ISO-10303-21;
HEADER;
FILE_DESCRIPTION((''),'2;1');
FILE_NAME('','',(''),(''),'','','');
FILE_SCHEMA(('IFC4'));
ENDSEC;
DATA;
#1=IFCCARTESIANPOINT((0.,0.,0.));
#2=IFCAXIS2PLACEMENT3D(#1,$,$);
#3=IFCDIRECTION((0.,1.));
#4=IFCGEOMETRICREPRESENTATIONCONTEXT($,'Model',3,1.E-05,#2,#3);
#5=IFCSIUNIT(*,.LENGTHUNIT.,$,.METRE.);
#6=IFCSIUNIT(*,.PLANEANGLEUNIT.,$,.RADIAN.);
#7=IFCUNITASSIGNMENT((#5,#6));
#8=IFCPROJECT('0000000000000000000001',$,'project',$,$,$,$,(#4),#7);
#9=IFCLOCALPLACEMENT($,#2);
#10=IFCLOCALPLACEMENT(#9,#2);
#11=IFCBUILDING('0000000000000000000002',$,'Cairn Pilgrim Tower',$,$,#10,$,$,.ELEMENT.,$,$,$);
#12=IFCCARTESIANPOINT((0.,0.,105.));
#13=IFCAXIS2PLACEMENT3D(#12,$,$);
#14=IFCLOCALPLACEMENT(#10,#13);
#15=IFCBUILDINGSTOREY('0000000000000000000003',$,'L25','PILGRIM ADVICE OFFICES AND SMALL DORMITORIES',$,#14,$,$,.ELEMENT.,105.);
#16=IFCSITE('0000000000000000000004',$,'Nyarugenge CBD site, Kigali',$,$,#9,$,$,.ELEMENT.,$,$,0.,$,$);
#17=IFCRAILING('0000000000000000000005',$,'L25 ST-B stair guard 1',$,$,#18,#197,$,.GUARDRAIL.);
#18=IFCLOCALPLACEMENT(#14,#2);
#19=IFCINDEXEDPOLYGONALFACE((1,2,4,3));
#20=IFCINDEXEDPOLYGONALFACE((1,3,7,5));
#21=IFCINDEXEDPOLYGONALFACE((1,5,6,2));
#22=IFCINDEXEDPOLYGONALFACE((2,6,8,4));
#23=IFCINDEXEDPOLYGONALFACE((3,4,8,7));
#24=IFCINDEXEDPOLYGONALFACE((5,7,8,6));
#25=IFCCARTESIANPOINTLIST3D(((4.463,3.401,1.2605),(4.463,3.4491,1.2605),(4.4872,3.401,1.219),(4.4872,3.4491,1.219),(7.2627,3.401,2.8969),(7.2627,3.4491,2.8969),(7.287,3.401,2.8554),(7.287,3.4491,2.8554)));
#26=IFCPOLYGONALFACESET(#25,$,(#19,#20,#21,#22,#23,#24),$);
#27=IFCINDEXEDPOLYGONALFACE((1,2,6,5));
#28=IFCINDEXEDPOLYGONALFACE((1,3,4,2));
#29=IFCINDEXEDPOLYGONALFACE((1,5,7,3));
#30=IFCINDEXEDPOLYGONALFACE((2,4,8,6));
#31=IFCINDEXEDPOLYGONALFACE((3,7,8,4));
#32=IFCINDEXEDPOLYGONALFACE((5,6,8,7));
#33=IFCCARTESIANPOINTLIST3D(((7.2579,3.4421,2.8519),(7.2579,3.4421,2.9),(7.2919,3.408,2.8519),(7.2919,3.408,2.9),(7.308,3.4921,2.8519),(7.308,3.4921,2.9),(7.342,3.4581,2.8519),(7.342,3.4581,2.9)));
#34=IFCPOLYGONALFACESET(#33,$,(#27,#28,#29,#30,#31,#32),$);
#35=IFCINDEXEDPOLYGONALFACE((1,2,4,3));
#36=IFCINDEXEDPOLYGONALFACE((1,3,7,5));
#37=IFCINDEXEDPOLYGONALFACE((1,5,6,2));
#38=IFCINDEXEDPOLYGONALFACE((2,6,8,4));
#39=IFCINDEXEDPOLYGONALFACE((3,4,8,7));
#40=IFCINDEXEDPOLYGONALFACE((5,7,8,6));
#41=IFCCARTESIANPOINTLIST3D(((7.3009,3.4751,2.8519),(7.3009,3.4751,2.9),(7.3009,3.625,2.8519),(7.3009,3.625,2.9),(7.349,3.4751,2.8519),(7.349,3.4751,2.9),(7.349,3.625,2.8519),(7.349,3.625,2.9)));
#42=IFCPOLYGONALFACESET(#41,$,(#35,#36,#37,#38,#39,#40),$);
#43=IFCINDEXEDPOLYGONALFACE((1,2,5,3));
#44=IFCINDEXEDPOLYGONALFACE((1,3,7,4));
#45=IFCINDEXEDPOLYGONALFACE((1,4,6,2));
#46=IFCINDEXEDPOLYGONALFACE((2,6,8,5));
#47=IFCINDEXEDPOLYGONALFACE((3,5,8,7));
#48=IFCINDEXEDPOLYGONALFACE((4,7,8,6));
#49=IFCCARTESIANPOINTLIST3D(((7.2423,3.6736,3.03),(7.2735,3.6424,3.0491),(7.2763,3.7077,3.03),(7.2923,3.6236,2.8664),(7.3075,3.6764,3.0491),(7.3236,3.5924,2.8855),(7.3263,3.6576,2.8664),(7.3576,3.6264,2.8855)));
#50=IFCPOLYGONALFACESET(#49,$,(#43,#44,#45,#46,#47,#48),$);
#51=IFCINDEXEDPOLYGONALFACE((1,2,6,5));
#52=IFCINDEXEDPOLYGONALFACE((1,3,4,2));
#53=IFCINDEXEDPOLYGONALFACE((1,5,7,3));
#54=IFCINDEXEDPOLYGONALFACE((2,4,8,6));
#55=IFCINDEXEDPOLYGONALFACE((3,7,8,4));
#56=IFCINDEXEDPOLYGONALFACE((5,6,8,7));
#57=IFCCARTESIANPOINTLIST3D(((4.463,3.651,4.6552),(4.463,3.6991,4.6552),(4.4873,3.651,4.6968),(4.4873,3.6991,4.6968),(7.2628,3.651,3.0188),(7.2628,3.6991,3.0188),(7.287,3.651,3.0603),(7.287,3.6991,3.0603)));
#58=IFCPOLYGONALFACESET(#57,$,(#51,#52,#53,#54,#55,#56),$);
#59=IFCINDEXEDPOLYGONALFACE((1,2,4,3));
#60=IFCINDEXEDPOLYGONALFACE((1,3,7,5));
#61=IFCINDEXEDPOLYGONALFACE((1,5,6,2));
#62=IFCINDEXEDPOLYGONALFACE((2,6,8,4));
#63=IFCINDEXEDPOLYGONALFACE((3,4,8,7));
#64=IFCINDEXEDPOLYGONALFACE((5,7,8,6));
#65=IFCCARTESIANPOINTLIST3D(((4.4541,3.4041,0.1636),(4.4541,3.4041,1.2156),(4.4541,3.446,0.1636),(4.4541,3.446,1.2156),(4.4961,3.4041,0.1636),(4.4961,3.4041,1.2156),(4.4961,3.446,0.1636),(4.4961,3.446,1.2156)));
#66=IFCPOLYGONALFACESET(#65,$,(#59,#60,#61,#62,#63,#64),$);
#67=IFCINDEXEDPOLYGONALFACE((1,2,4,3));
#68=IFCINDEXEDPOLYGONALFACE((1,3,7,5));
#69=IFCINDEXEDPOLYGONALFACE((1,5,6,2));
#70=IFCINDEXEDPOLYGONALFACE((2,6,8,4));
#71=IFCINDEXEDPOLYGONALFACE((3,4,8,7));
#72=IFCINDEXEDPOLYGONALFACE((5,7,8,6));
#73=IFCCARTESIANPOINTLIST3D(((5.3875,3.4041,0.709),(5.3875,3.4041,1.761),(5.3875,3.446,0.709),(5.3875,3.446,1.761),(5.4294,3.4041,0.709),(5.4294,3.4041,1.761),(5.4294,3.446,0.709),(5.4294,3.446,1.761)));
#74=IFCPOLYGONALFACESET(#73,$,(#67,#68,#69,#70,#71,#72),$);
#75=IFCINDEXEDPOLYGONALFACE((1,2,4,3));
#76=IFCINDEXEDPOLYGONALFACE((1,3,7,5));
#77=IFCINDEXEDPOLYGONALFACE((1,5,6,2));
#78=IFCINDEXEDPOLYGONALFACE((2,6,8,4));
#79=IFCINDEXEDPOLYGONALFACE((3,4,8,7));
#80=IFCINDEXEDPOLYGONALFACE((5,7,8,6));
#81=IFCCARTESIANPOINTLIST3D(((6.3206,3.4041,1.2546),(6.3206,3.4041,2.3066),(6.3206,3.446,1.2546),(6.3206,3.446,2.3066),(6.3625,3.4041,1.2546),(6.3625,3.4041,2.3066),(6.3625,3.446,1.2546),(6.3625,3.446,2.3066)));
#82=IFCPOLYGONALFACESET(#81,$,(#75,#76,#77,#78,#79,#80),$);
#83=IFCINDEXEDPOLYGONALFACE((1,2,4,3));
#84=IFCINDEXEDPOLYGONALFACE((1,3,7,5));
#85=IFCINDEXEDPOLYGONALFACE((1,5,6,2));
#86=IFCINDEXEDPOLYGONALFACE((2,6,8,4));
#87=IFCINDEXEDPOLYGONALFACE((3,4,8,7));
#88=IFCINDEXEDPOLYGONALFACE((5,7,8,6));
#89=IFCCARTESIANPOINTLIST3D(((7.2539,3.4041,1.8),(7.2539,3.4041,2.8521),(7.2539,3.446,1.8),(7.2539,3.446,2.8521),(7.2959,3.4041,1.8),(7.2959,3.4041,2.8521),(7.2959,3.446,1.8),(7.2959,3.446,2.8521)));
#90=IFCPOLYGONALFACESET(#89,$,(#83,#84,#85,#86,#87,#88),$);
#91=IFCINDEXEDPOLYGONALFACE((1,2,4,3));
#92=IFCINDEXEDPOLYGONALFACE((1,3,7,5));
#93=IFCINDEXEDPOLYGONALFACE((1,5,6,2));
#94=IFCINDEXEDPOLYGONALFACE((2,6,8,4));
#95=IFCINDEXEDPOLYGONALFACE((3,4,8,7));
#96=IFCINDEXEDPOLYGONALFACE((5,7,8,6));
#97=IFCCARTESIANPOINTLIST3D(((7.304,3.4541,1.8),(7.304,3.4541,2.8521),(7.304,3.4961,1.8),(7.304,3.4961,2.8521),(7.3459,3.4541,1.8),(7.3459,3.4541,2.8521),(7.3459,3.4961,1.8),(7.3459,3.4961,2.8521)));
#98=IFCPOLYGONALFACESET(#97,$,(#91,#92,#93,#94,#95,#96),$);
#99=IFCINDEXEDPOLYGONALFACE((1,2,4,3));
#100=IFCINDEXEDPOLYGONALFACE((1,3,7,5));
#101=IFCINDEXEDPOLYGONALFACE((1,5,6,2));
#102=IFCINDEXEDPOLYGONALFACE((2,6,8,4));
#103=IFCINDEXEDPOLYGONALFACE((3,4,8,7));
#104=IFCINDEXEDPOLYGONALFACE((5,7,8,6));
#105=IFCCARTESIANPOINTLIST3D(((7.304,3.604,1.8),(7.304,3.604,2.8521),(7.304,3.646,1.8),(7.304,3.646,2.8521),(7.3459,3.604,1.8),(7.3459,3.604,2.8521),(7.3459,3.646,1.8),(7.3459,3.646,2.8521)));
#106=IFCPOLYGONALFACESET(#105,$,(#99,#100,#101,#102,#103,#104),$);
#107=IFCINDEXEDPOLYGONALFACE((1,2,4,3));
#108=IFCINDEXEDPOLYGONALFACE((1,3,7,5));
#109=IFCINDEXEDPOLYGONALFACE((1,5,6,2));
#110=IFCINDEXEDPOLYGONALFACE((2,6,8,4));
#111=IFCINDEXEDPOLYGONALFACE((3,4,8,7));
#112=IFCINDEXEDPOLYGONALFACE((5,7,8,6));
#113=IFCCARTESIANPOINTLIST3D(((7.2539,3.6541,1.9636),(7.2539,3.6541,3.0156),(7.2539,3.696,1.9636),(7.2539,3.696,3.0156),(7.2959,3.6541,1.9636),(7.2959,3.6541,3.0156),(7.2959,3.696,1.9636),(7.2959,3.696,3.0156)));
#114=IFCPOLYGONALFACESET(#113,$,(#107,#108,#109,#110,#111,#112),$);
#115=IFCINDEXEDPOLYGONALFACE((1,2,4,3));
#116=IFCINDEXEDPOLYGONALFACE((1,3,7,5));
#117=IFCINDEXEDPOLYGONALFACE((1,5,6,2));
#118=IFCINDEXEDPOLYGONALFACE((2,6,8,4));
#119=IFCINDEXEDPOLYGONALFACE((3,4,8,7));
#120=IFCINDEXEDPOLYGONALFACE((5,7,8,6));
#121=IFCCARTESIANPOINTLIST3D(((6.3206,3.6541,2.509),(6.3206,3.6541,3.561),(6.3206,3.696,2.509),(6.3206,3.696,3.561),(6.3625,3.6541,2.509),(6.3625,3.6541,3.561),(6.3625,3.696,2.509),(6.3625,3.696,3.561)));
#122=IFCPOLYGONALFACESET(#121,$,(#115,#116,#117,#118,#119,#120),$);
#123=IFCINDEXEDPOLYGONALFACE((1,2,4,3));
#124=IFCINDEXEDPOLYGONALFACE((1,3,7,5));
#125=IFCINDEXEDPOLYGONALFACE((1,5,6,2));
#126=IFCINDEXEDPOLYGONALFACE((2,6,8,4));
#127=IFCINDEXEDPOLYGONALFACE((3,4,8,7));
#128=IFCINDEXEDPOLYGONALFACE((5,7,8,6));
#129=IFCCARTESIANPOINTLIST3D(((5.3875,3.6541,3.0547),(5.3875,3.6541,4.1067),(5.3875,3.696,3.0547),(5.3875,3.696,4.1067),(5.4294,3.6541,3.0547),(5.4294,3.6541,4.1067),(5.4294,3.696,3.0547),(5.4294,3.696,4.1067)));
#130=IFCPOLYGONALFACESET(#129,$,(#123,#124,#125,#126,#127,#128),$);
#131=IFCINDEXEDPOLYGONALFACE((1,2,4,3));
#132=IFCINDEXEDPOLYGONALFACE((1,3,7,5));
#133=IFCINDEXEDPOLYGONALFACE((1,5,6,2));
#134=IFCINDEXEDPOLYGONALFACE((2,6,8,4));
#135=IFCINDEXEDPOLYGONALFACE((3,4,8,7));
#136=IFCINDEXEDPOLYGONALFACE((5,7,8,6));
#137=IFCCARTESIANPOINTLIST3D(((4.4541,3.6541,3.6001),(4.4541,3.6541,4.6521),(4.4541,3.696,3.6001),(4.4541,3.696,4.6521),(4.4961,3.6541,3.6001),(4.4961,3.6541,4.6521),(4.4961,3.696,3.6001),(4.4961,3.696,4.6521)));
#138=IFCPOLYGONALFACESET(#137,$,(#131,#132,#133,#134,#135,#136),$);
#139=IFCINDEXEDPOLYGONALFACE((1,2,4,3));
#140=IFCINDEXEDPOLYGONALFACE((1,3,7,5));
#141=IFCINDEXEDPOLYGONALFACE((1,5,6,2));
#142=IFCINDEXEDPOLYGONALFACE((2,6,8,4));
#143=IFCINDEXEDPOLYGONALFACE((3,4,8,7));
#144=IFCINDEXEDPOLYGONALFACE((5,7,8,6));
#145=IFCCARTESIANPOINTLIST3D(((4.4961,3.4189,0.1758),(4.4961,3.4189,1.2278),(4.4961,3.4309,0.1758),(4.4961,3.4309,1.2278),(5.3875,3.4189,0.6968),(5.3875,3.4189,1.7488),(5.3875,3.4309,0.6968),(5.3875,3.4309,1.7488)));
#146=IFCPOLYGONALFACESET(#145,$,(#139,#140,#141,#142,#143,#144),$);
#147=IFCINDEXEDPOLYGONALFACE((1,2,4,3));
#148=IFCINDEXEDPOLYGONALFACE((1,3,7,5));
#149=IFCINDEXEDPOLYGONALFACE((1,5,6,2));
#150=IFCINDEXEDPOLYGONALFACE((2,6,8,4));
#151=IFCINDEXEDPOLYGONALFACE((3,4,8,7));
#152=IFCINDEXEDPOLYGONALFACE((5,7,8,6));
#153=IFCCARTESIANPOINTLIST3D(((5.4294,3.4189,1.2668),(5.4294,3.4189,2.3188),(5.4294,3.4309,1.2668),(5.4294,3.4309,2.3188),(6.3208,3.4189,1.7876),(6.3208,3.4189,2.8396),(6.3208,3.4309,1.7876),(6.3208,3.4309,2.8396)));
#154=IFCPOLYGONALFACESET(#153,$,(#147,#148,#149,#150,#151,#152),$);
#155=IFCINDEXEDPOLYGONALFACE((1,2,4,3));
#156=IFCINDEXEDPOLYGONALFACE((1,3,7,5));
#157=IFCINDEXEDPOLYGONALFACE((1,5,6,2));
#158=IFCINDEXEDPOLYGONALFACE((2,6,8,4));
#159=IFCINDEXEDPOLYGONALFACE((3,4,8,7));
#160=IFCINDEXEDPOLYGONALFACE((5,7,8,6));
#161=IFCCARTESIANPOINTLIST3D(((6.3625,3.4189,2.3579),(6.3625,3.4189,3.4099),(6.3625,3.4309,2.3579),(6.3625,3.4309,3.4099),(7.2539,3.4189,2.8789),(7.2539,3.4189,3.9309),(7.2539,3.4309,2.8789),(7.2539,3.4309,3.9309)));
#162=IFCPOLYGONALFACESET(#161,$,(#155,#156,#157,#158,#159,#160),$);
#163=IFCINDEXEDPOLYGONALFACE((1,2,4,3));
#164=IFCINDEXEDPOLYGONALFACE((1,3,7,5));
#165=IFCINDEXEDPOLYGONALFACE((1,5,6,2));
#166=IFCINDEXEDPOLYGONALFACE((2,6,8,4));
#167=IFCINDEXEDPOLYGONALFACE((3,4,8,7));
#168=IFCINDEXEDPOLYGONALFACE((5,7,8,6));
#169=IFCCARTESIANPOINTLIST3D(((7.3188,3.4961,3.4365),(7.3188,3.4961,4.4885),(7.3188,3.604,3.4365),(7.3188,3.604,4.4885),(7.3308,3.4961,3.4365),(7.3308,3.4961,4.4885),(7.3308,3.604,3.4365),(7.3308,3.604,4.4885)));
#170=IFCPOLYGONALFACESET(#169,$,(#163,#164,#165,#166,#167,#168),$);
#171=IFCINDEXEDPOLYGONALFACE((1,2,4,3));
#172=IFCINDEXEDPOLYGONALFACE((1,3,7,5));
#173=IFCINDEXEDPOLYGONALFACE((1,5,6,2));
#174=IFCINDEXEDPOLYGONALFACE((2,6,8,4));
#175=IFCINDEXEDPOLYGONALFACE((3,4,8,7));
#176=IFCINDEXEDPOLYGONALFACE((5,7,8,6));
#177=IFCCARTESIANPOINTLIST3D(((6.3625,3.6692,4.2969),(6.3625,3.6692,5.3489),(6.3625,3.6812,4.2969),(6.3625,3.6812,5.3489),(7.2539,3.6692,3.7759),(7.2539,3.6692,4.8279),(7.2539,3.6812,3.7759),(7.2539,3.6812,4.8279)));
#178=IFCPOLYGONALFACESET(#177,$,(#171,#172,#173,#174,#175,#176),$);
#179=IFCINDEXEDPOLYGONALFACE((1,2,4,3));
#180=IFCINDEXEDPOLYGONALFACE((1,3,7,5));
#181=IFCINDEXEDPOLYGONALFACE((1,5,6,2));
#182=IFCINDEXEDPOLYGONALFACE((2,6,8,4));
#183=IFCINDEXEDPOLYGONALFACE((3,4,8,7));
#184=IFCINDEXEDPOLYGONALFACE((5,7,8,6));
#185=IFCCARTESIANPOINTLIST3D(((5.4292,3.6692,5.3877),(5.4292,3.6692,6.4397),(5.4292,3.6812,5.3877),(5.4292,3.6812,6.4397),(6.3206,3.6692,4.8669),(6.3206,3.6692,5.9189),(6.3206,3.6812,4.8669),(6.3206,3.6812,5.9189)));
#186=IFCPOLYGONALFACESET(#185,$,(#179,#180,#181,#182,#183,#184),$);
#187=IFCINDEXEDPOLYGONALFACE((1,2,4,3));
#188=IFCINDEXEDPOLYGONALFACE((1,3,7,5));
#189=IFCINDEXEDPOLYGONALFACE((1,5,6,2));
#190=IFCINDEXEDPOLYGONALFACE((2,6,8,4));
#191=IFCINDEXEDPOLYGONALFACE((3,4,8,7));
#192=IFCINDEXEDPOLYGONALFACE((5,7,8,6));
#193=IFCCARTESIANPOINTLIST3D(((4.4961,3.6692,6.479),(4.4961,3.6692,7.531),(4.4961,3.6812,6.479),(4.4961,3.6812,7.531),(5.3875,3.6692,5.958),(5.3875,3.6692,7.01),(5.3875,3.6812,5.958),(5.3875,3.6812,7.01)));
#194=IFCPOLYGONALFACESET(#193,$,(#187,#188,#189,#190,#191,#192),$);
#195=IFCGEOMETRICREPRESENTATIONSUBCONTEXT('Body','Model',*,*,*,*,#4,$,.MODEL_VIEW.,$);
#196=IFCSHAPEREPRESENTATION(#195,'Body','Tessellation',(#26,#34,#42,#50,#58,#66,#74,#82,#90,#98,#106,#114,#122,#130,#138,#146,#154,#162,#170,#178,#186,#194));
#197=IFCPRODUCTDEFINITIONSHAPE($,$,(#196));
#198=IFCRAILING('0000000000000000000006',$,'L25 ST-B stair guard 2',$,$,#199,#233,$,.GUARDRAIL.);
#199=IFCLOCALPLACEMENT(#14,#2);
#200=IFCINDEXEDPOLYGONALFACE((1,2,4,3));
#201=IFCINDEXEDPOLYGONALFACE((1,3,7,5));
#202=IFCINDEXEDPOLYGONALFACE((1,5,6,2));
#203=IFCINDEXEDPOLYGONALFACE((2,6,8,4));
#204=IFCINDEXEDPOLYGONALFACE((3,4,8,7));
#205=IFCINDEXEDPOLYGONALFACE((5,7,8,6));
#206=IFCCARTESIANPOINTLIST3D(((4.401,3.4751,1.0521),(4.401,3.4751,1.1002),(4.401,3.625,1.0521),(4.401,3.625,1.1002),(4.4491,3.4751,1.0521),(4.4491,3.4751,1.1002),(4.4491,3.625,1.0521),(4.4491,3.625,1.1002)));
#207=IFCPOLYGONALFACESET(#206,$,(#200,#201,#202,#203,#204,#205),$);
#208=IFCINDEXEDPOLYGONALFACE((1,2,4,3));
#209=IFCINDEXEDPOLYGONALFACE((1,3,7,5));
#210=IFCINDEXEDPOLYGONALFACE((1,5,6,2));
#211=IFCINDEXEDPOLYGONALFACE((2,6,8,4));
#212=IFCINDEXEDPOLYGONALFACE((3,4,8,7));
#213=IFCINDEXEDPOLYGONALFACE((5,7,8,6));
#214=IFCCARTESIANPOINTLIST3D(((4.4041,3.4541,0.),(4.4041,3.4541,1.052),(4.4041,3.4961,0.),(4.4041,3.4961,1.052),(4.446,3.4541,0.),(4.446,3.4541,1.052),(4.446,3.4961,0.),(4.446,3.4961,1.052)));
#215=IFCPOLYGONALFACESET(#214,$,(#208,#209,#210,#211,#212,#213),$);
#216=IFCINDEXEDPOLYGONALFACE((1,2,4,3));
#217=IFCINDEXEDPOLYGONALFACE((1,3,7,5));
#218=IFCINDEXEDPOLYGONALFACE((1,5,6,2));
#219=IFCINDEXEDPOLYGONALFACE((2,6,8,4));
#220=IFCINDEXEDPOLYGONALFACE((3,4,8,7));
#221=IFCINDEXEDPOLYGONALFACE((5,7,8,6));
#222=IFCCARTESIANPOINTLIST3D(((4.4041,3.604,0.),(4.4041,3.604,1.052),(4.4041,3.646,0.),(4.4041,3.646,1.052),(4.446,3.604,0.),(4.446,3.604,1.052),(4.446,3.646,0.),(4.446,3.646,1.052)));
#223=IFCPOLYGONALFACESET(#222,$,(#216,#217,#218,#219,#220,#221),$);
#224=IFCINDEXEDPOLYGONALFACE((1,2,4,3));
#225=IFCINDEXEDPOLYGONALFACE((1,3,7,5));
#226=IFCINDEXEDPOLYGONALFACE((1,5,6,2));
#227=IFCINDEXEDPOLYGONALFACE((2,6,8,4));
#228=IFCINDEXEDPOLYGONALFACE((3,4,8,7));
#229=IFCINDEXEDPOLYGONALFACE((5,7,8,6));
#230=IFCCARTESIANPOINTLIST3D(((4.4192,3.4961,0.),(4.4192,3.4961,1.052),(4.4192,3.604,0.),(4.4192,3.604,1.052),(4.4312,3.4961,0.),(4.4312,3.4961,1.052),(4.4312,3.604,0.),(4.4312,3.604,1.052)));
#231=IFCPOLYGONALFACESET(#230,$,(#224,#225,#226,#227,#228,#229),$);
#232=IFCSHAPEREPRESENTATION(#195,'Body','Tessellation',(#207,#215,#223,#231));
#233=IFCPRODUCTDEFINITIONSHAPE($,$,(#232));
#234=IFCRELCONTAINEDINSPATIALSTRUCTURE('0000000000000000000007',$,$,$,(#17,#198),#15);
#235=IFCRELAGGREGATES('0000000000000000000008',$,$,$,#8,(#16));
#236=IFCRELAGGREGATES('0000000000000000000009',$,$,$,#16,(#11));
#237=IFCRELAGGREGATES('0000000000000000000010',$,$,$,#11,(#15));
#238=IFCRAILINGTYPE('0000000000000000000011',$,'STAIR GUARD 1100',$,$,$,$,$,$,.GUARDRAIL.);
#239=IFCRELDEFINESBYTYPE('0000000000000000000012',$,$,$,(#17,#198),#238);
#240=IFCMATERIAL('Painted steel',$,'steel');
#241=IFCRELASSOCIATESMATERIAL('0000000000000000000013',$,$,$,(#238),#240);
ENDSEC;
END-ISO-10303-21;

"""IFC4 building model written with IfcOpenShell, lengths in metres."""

from ifc_helpers import new_model, si_unit, direction, frame, origin, origin_2d, place, context, subcontext, project, spatial, polyline, rectangle, outline, extrude, material, type_object, element, save


model = new_model("IFC4")

# Units and contexts
model_context = context("Model", 3, precision=1e-05, world=origin(), true_north=direction((0.0, 1.0)))
body_context = subcontext(model_context, "Body", "Model", "MODEL_VIEW")
ifc_project = project(units=[si_unit("LENGTHUNIT", "METRE"), si_unit("PLANEANGLEUNIT", "RADIAN")], contexts=[model_context])

# Site, building, storey
site_placement = place(None, origin())
site = spatial("IfcSite", under=ifc_project, at=site_placement, Name="Nyarugenge CBD site, Kigali", CompositionType="ELEMENT", RefElevation=0.0)
building_placement = place(site_placement, origin())
building = spatial("IfcBuilding", under=site, at=building_placement, Name="Cairn Pilgrim Tower", CompositionType="ELEMENT")
storey_placement = place(building_placement, frame((0.0, 0.0, 105.0)))
storey = spatial("IfcBuildingStorey", under=building, at=storey_placement, Name="L25", Description="PILGRIM ADVICE OFFICES AND SMALL DORMITORIES", CompositionType="ELEMENT", Elevation=105.0)

# Shared definitions
ifc_material_1 = material(Name="Painted steel", Category="steel")

# Railings
railing_type_1 = type_object("IfcRailingType", Name="STAIR GUARD 1100", PredefinedType="GUARDRAIL", material=ifc_material_1)
railing_1_placement = place(storey_placement, frame((4.4751, 3.425, 0.1636)))
element("IfcRailing", 1, at=railing_1_placement, inside=storey, type_object=railing_type_1, Name="L25 ST-B stair guard 1", PredefinedType="GUARDRAIL", context=body_context, shape_type="SweptSolid", body=[
    extrude(rectangle(XDim=0.0481, YDim=0.0481, at=origin_2d()), frame((0.0, 0.0, 1.0762), z_axis=(0.863342, 0.0, 0.50462), x_axis=(0.0, 1.0, 0.0)), (0.0, 0.0, 1.0), 3.2429),
    extrude(rectangle(XDim=0.0481, YDim=0.0481, at=origin_2d()), frame((2.7998, 0.0, 2.7124), z_axis=(0.707107, 0.707107, 0.0), x_axis=(-0.707107, 0.707107, 0.0)), (0.0, 0.0, 1.0), 0.0708),
    extrude(rectangle(XDim=0.0481, YDim=0.0481, at=origin_2d()), frame((2.8499, 0.05, 2.7124), z_axis=(0.0, 1.0, 0.0), x_axis=(-1.0, 0.0, 0.0)), (0.0, 0.0, 1.0), 0.1499),
    extrude(rectangle(XDim=0.0481, YDim=0.0481, at=origin_2d()), frame((2.8499, 0.2, 2.7124), z_axis=(-0.280809, 0.280809, 0.917765), x_axis=(-0.707107, -0.707107, 0.0)), (0.0, 0.0, 1.0), 0.1782),
    extrude(rectangle(XDim=0.0481, YDim=0.0481, at=origin_2d()), frame((2.7998, 0.25, 2.876), z_axis=(-0.863342, 0.0, 0.50462), x_axis=(0.0, -1.0, 0.0)), (0.0, 0.0, 1.0), 3.2429),
    extrude(rectangle(XDim=0.042, YDim=0.042, at=origin_2d()), origin(), (0.0, 0.0, 1.0), 1.052),
    extrude(rectangle(XDim=0.042, YDim=0.042, at=origin_2d()), frame((0.9333, 0.0, 0.5454)), (0.0, 0.0, 1.0), 1.052),
    extrude(rectangle(XDim=0.042, YDim=0.042, at=origin_2d()), frame((1.8665, 0.0, 1.0911)), (0.0, 0.0, 1.0), 1.052),
    extrude(rectangle(XDim=0.042, YDim=0.042, at=origin_2d()), frame((2.7998, 0.0, 1.6365)), (0.0, 0.0, 1.0), 1.052),
    extrude(rectangle(XDim=0.042, YDim=0.042, at=origin_2d()), frame((2.8499, 0.05, 1.6365)), (0.0, 0.0, 1.0), 1.052),
    extrude(rectangle(XDim=0.042, YDim=0.042, at=origin_2d()), frame((2.8499, 0.2, 1.6365)), (0.0, 0.0, 1.0), 1.052),
    extrude(rectangle(XDim=0.042, YDim=0.042, at=origin_2d()), frame((2.7998, 0.25, 1.8)), (0.0, 0.0, 1.0), 1.052),
    extrude(rectangle(XDim=0.042, YDim=0.042, at=origin_2d()), frame((1.8665, 0.25, 2.3455)), (0.0, 0.0, 1.0), 1.052),
    extrude(rectangle(XDim=0.042, YDim=0.042, at=origin_2d()), frame((0.9333, 0.25, 2.8911)), (0.0, 0.0, 1.0), 1.052),
    extrude(rectangle(XDim=0.042, YDim=0.042, at=origin_2d()), frame((0.0, 0.25, 3.4365)), (0.0, 0.0, 1.0), 1.052),
    extrude(outline(polyline([(0.021, 0.0122), (0.9124, 0.5332), (0.9124, 1.5852), (0.021, 1.0642), (0.021, 0.0122)])), frame((0.0, 0.0059, 0.0), z_axis=(0.0, -1.0, 0.0), x_axis=(1.0, 0.0, 0.0)), (0.0, 0.0, 1.0), 0.012),
    extrude(outline(polyline([(0.021, 0.5579), (0.9124, 1.0786), (0.9124, 2.1306), (0.021, 1.6099), (0.021, 0.5579)])), frame((0.9333, 0.0059, 0.5454), z_axis=(0.0, -1.0, 0.0), x_axis=(1.0, 0.0, 0.0)), (0.0, 0.0, 1.0), 0.012),
    extrude(outline(polyline([(0.021, 1.1033), (0.9124, 1.6243), (0.9124, 2.6763), (0.021, 2.1553), (0.021, 1.1033)])), frame((1.8665, 0.0059, 1.0911), z_axis=(0.0, -1.0, 0.0), x_axis=(1.0, 0.0, 0.0)), (0.0, 0.0, 1.0), 0.012),
    extrude(outline(polyline([(0.021, 1.6365), (0.1289, 1.6365), (0.1289, 2.6885), (0.021, 2.6885), (0.021, 1.6365)])), frame((2.8438, 0.05, 1.6365), z_axis=(1.0, 0.0, 0.0), x_axis=(0.0, 1.0, 0.0)), (0.0, 0.0, 1.0), 0.012),
    extrude(outline(polyline([(0.021, 1.8123), (0.9124, 2.3333), (0.9124, 3.3853), (0.021, 2.8643), (0.021, 1.8123)])), frame((2.7998, 0.2441, 1.8), z_axis=(0.0, 1.0, 0.0), x_axis=(-1.0, 0.0, 0.0)), (0.0, 0.0, 1.0), 0.012),
    extrude(outline(polyline([(0.021, 2.3579), (0.9124, 2.8787), (0.9124, 3.9307), (0.021, 3.4099), (0.021, 2.3579)])), frame((1.8665, 0.2441, 2.3455), z_axis=(0.0, 1.0, 0.0), x_axis=(-1.0, 0.0, 0.0)), (0.0, 0.0, 1.0), 0.012),
    extrude(outline(polyline([(0.021, 2.9033), (0.9124, 3.4243), (0.9124, 4.4763), (0.021, 3.9553), (0.021, 2.9033)])), frame((0.9333, 0.2441, 2.8911), z_axis=(0.0, 1.0, 0.0), x_axis=(-1.0, 0.0, 0.0)), (0.0, 0.0, 1.0), 0.012),
])
railing_2_placement = place(storey_placement, frame((4.425, 3.4751, 0.0)))
element("IfcRailing", 2, at=railing_2_placement, inside=storey, type_object=railing_type_1, Name="L25 ST-B stair guard 2", PredefinedType="GUARDRAIL", context=body_context, shape_type="SweptSolid", body=[
    extrude(rectangle(XDim=0.0481, YDim=0.0481, at=origin_2d()), frame((0.0, 0.0, 1.0762), z_axis=(0.0, 1.0, 0.0), x_axis=(-1.0, 0.0, 0.0)), (0.0, 0.0, 1.0), 0.1499),
    extrude(rectangle(XDim=0.042, YDim=0.042, at=origin_2d()), origin(), (0.0, 0.0, 1.0), 1.052),
    extrude(rectangle(XDim=0.042, YDim=0.042, at=origin_2d()), frame((0.0, 0.1499, 0.0)), (0.0, 0.0, 1.0), 1.052),
    extrude(outline(polyline([(0.021, 0.0), (0.1289, 0.0), (0.1289, 1.052), (0.021, 1.052), (0.021, 0.0)])), frame((-0.0059, 0.0, 0.0), z_axis=(1.0, 0.0, 0.0), x_axis=(0.0, 1.0, 0.0)), (0.0, 0.0, 1.0), 0.012),
])

save(model, "model.ifc")
